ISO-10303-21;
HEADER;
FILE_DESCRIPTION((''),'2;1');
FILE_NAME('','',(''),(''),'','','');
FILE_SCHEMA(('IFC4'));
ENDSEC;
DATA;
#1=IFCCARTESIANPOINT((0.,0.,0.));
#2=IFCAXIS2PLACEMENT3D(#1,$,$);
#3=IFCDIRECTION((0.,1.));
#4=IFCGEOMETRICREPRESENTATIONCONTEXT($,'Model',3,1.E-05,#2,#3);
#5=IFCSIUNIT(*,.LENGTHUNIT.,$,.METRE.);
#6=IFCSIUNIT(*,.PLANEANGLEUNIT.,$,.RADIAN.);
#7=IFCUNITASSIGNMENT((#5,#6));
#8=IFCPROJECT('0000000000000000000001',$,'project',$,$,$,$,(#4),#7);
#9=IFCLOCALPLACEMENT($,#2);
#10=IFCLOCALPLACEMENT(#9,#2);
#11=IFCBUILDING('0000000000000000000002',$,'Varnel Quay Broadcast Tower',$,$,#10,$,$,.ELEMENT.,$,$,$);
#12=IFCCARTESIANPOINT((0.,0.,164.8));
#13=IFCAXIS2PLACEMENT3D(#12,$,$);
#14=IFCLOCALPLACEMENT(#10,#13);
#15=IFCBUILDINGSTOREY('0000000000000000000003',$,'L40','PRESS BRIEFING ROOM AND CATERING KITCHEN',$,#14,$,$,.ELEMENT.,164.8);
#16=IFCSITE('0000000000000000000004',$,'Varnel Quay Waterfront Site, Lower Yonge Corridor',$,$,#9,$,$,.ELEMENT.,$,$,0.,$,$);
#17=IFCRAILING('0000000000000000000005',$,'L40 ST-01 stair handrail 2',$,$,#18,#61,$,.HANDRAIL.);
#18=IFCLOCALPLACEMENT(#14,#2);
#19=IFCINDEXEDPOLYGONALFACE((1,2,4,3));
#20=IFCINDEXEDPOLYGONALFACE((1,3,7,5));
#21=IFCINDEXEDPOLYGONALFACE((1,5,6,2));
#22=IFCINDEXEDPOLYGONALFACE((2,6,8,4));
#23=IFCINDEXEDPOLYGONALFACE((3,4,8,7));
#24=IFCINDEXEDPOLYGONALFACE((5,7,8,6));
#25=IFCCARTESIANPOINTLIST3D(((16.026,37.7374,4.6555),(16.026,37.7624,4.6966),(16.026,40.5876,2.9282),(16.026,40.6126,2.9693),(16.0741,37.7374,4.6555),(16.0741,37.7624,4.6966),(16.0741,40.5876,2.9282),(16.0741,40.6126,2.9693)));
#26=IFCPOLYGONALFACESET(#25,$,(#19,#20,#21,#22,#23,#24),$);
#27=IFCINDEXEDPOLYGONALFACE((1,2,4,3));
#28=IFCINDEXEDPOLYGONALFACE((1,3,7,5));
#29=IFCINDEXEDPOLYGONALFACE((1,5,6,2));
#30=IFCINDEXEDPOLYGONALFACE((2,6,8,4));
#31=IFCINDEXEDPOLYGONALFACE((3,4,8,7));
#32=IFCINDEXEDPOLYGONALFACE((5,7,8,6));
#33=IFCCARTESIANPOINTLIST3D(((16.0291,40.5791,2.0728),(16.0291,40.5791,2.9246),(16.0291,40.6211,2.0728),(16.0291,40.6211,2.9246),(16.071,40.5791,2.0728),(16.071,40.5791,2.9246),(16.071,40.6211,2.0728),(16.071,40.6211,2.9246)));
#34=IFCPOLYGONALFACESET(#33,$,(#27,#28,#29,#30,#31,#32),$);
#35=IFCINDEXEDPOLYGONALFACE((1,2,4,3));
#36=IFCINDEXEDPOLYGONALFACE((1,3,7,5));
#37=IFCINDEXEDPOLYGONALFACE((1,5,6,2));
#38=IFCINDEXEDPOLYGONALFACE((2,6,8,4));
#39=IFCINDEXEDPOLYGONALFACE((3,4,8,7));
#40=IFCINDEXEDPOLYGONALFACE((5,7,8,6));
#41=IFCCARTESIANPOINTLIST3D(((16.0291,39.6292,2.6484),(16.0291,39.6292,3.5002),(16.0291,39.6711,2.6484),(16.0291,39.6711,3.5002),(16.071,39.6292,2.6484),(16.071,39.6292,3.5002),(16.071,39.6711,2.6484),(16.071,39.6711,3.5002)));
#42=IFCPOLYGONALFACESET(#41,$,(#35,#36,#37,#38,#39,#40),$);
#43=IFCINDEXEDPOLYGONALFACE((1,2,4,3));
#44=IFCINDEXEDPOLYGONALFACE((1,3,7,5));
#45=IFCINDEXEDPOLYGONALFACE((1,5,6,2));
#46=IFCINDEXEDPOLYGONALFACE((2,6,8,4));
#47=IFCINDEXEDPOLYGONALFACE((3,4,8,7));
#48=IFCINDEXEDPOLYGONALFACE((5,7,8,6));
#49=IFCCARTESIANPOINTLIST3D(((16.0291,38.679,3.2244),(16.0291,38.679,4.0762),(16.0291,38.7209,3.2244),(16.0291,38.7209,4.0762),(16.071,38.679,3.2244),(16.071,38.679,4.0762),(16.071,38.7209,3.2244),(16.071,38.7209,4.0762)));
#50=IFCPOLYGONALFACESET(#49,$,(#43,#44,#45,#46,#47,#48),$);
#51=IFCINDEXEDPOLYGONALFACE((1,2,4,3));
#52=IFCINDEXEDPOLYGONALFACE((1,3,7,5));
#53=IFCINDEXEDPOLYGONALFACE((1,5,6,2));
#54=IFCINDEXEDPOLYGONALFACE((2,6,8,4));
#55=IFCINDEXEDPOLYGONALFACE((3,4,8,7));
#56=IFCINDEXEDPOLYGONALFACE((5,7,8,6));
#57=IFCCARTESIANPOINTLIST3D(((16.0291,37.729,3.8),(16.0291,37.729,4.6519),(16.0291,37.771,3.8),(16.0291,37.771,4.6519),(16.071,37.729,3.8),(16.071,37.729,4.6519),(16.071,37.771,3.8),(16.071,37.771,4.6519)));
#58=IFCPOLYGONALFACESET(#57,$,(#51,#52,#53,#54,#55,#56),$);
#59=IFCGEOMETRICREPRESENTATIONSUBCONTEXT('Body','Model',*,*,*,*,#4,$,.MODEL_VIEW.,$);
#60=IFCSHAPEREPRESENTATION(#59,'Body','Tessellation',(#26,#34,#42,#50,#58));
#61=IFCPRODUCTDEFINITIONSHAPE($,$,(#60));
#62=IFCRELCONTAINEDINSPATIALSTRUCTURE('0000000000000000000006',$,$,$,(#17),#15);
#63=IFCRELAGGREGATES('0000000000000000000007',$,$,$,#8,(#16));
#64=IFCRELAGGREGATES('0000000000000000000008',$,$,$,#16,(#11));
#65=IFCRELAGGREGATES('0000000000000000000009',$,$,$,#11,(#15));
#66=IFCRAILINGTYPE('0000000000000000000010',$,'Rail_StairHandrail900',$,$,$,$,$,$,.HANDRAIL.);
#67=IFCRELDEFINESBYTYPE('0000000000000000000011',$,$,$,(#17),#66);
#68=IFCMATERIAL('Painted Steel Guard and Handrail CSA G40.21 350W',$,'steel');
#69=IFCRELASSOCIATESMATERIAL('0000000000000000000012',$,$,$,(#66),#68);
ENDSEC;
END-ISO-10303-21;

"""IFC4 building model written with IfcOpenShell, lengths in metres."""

from ifc_helpers import new_model, si_unit, direction, frame, origin, origin_2d, place, context, subcontext, project, spatial, rectangle, extrude, material, type_object, element, save


model = new_model("IFC4")

# Units and contexts
model_context = context("Model", 3, precision=1e-05, world=origin(), true_north=direction((0.0, 1.0)))
body_context = subcontext(model_context, "Body", "Model", "MODEL_VIEW")
ifc_project = project(units=[si_unit("LENGTHUNIT", "METRE"), si_unit("PLANEANGLEUNIT", "RADIAN")], contexts=[model_context])

# Site, building, storey
site_placement = place(None, origin())
site = spatial("IfcSite", under=ifc_project, at=site_placement, Name="Varnel Quay Waterfront Site, Lower Yonge Corridor", CompositionType="ELEMENT", RefElevation=0.0)
building_placement = place(site_placement, origin())
building = spatial("IfcBuilding", under=site, at=building_placement, Name="Varnel Quay Broadcast Tower", CompositionType="ELEMENT")
storey_placement = place(building_placement, frame((0.0, 0.0, 164.8)))
storey = spatial("IfcBuildingStorey", under=building, at=storey_placement, Name="L40", Description="PRESS BRIEFING ROOM AND CATERING KITCHEN", CompositionType="ELEMENT", Elevation=164.8)

# Railing
ifc_material_1 = material(Name="Painted Steel Guard and Handrail CSA G40.21 350W", Category="steel")
railing_type = type_object("IfcRailingType", Name="Rail_StairHandrail900", PredefinedType="HANDRAIL", material=ifc_material_1)
railing_placement = place(storey_placement, frame((16.05, 40.6001, 2.0728)))
element("IfcRailing", 1, at=railing_placement, inside=storey, type_object=railing_type, Name="L40 ST-01 stair handrail 2", PredefinedType="HANDRAIL", context=body_context, shape_type="SweptSolid", body=[
    extrude(rectangle(XDim=0.0481, YDim=0.0481, at=origin_2d()), frame((0.0, 0.0, 0.876), z_axis=(0.0, -0.855203, 0.518294), x_axis=(1.0, 0.0, 0.0)), (0.0, 0.0, 1.0), 3.3328),
    extrude(rectangle(XDim=0.042, YDim=0.042, at=origin_2d()), origin(), (0.0, 0.0, 1.0), 0.8518),
    extrude(rectangle(XDim=0.042, YDim=0.042, at=origin_2d()), frame((0.0, -0.95, 0.5757)), (0.0, 0.0, 1.0), 0.8518),
    extrude(rectangle(XDim=0.042, YDim=0.042, at=origin_2d()), frame((0.0, -1.9001, 1.1516)), (0.0, 0.0, 1.0), 0.8518),
    extrude(rectangle(XDim=0.042, YDim=0.042, at=origin_2d()), frame((0.0, -2.8501, 1.7273)), (0.0, 0.0, 1.0), 0.8518),
])

save(model, "model.ifc")
